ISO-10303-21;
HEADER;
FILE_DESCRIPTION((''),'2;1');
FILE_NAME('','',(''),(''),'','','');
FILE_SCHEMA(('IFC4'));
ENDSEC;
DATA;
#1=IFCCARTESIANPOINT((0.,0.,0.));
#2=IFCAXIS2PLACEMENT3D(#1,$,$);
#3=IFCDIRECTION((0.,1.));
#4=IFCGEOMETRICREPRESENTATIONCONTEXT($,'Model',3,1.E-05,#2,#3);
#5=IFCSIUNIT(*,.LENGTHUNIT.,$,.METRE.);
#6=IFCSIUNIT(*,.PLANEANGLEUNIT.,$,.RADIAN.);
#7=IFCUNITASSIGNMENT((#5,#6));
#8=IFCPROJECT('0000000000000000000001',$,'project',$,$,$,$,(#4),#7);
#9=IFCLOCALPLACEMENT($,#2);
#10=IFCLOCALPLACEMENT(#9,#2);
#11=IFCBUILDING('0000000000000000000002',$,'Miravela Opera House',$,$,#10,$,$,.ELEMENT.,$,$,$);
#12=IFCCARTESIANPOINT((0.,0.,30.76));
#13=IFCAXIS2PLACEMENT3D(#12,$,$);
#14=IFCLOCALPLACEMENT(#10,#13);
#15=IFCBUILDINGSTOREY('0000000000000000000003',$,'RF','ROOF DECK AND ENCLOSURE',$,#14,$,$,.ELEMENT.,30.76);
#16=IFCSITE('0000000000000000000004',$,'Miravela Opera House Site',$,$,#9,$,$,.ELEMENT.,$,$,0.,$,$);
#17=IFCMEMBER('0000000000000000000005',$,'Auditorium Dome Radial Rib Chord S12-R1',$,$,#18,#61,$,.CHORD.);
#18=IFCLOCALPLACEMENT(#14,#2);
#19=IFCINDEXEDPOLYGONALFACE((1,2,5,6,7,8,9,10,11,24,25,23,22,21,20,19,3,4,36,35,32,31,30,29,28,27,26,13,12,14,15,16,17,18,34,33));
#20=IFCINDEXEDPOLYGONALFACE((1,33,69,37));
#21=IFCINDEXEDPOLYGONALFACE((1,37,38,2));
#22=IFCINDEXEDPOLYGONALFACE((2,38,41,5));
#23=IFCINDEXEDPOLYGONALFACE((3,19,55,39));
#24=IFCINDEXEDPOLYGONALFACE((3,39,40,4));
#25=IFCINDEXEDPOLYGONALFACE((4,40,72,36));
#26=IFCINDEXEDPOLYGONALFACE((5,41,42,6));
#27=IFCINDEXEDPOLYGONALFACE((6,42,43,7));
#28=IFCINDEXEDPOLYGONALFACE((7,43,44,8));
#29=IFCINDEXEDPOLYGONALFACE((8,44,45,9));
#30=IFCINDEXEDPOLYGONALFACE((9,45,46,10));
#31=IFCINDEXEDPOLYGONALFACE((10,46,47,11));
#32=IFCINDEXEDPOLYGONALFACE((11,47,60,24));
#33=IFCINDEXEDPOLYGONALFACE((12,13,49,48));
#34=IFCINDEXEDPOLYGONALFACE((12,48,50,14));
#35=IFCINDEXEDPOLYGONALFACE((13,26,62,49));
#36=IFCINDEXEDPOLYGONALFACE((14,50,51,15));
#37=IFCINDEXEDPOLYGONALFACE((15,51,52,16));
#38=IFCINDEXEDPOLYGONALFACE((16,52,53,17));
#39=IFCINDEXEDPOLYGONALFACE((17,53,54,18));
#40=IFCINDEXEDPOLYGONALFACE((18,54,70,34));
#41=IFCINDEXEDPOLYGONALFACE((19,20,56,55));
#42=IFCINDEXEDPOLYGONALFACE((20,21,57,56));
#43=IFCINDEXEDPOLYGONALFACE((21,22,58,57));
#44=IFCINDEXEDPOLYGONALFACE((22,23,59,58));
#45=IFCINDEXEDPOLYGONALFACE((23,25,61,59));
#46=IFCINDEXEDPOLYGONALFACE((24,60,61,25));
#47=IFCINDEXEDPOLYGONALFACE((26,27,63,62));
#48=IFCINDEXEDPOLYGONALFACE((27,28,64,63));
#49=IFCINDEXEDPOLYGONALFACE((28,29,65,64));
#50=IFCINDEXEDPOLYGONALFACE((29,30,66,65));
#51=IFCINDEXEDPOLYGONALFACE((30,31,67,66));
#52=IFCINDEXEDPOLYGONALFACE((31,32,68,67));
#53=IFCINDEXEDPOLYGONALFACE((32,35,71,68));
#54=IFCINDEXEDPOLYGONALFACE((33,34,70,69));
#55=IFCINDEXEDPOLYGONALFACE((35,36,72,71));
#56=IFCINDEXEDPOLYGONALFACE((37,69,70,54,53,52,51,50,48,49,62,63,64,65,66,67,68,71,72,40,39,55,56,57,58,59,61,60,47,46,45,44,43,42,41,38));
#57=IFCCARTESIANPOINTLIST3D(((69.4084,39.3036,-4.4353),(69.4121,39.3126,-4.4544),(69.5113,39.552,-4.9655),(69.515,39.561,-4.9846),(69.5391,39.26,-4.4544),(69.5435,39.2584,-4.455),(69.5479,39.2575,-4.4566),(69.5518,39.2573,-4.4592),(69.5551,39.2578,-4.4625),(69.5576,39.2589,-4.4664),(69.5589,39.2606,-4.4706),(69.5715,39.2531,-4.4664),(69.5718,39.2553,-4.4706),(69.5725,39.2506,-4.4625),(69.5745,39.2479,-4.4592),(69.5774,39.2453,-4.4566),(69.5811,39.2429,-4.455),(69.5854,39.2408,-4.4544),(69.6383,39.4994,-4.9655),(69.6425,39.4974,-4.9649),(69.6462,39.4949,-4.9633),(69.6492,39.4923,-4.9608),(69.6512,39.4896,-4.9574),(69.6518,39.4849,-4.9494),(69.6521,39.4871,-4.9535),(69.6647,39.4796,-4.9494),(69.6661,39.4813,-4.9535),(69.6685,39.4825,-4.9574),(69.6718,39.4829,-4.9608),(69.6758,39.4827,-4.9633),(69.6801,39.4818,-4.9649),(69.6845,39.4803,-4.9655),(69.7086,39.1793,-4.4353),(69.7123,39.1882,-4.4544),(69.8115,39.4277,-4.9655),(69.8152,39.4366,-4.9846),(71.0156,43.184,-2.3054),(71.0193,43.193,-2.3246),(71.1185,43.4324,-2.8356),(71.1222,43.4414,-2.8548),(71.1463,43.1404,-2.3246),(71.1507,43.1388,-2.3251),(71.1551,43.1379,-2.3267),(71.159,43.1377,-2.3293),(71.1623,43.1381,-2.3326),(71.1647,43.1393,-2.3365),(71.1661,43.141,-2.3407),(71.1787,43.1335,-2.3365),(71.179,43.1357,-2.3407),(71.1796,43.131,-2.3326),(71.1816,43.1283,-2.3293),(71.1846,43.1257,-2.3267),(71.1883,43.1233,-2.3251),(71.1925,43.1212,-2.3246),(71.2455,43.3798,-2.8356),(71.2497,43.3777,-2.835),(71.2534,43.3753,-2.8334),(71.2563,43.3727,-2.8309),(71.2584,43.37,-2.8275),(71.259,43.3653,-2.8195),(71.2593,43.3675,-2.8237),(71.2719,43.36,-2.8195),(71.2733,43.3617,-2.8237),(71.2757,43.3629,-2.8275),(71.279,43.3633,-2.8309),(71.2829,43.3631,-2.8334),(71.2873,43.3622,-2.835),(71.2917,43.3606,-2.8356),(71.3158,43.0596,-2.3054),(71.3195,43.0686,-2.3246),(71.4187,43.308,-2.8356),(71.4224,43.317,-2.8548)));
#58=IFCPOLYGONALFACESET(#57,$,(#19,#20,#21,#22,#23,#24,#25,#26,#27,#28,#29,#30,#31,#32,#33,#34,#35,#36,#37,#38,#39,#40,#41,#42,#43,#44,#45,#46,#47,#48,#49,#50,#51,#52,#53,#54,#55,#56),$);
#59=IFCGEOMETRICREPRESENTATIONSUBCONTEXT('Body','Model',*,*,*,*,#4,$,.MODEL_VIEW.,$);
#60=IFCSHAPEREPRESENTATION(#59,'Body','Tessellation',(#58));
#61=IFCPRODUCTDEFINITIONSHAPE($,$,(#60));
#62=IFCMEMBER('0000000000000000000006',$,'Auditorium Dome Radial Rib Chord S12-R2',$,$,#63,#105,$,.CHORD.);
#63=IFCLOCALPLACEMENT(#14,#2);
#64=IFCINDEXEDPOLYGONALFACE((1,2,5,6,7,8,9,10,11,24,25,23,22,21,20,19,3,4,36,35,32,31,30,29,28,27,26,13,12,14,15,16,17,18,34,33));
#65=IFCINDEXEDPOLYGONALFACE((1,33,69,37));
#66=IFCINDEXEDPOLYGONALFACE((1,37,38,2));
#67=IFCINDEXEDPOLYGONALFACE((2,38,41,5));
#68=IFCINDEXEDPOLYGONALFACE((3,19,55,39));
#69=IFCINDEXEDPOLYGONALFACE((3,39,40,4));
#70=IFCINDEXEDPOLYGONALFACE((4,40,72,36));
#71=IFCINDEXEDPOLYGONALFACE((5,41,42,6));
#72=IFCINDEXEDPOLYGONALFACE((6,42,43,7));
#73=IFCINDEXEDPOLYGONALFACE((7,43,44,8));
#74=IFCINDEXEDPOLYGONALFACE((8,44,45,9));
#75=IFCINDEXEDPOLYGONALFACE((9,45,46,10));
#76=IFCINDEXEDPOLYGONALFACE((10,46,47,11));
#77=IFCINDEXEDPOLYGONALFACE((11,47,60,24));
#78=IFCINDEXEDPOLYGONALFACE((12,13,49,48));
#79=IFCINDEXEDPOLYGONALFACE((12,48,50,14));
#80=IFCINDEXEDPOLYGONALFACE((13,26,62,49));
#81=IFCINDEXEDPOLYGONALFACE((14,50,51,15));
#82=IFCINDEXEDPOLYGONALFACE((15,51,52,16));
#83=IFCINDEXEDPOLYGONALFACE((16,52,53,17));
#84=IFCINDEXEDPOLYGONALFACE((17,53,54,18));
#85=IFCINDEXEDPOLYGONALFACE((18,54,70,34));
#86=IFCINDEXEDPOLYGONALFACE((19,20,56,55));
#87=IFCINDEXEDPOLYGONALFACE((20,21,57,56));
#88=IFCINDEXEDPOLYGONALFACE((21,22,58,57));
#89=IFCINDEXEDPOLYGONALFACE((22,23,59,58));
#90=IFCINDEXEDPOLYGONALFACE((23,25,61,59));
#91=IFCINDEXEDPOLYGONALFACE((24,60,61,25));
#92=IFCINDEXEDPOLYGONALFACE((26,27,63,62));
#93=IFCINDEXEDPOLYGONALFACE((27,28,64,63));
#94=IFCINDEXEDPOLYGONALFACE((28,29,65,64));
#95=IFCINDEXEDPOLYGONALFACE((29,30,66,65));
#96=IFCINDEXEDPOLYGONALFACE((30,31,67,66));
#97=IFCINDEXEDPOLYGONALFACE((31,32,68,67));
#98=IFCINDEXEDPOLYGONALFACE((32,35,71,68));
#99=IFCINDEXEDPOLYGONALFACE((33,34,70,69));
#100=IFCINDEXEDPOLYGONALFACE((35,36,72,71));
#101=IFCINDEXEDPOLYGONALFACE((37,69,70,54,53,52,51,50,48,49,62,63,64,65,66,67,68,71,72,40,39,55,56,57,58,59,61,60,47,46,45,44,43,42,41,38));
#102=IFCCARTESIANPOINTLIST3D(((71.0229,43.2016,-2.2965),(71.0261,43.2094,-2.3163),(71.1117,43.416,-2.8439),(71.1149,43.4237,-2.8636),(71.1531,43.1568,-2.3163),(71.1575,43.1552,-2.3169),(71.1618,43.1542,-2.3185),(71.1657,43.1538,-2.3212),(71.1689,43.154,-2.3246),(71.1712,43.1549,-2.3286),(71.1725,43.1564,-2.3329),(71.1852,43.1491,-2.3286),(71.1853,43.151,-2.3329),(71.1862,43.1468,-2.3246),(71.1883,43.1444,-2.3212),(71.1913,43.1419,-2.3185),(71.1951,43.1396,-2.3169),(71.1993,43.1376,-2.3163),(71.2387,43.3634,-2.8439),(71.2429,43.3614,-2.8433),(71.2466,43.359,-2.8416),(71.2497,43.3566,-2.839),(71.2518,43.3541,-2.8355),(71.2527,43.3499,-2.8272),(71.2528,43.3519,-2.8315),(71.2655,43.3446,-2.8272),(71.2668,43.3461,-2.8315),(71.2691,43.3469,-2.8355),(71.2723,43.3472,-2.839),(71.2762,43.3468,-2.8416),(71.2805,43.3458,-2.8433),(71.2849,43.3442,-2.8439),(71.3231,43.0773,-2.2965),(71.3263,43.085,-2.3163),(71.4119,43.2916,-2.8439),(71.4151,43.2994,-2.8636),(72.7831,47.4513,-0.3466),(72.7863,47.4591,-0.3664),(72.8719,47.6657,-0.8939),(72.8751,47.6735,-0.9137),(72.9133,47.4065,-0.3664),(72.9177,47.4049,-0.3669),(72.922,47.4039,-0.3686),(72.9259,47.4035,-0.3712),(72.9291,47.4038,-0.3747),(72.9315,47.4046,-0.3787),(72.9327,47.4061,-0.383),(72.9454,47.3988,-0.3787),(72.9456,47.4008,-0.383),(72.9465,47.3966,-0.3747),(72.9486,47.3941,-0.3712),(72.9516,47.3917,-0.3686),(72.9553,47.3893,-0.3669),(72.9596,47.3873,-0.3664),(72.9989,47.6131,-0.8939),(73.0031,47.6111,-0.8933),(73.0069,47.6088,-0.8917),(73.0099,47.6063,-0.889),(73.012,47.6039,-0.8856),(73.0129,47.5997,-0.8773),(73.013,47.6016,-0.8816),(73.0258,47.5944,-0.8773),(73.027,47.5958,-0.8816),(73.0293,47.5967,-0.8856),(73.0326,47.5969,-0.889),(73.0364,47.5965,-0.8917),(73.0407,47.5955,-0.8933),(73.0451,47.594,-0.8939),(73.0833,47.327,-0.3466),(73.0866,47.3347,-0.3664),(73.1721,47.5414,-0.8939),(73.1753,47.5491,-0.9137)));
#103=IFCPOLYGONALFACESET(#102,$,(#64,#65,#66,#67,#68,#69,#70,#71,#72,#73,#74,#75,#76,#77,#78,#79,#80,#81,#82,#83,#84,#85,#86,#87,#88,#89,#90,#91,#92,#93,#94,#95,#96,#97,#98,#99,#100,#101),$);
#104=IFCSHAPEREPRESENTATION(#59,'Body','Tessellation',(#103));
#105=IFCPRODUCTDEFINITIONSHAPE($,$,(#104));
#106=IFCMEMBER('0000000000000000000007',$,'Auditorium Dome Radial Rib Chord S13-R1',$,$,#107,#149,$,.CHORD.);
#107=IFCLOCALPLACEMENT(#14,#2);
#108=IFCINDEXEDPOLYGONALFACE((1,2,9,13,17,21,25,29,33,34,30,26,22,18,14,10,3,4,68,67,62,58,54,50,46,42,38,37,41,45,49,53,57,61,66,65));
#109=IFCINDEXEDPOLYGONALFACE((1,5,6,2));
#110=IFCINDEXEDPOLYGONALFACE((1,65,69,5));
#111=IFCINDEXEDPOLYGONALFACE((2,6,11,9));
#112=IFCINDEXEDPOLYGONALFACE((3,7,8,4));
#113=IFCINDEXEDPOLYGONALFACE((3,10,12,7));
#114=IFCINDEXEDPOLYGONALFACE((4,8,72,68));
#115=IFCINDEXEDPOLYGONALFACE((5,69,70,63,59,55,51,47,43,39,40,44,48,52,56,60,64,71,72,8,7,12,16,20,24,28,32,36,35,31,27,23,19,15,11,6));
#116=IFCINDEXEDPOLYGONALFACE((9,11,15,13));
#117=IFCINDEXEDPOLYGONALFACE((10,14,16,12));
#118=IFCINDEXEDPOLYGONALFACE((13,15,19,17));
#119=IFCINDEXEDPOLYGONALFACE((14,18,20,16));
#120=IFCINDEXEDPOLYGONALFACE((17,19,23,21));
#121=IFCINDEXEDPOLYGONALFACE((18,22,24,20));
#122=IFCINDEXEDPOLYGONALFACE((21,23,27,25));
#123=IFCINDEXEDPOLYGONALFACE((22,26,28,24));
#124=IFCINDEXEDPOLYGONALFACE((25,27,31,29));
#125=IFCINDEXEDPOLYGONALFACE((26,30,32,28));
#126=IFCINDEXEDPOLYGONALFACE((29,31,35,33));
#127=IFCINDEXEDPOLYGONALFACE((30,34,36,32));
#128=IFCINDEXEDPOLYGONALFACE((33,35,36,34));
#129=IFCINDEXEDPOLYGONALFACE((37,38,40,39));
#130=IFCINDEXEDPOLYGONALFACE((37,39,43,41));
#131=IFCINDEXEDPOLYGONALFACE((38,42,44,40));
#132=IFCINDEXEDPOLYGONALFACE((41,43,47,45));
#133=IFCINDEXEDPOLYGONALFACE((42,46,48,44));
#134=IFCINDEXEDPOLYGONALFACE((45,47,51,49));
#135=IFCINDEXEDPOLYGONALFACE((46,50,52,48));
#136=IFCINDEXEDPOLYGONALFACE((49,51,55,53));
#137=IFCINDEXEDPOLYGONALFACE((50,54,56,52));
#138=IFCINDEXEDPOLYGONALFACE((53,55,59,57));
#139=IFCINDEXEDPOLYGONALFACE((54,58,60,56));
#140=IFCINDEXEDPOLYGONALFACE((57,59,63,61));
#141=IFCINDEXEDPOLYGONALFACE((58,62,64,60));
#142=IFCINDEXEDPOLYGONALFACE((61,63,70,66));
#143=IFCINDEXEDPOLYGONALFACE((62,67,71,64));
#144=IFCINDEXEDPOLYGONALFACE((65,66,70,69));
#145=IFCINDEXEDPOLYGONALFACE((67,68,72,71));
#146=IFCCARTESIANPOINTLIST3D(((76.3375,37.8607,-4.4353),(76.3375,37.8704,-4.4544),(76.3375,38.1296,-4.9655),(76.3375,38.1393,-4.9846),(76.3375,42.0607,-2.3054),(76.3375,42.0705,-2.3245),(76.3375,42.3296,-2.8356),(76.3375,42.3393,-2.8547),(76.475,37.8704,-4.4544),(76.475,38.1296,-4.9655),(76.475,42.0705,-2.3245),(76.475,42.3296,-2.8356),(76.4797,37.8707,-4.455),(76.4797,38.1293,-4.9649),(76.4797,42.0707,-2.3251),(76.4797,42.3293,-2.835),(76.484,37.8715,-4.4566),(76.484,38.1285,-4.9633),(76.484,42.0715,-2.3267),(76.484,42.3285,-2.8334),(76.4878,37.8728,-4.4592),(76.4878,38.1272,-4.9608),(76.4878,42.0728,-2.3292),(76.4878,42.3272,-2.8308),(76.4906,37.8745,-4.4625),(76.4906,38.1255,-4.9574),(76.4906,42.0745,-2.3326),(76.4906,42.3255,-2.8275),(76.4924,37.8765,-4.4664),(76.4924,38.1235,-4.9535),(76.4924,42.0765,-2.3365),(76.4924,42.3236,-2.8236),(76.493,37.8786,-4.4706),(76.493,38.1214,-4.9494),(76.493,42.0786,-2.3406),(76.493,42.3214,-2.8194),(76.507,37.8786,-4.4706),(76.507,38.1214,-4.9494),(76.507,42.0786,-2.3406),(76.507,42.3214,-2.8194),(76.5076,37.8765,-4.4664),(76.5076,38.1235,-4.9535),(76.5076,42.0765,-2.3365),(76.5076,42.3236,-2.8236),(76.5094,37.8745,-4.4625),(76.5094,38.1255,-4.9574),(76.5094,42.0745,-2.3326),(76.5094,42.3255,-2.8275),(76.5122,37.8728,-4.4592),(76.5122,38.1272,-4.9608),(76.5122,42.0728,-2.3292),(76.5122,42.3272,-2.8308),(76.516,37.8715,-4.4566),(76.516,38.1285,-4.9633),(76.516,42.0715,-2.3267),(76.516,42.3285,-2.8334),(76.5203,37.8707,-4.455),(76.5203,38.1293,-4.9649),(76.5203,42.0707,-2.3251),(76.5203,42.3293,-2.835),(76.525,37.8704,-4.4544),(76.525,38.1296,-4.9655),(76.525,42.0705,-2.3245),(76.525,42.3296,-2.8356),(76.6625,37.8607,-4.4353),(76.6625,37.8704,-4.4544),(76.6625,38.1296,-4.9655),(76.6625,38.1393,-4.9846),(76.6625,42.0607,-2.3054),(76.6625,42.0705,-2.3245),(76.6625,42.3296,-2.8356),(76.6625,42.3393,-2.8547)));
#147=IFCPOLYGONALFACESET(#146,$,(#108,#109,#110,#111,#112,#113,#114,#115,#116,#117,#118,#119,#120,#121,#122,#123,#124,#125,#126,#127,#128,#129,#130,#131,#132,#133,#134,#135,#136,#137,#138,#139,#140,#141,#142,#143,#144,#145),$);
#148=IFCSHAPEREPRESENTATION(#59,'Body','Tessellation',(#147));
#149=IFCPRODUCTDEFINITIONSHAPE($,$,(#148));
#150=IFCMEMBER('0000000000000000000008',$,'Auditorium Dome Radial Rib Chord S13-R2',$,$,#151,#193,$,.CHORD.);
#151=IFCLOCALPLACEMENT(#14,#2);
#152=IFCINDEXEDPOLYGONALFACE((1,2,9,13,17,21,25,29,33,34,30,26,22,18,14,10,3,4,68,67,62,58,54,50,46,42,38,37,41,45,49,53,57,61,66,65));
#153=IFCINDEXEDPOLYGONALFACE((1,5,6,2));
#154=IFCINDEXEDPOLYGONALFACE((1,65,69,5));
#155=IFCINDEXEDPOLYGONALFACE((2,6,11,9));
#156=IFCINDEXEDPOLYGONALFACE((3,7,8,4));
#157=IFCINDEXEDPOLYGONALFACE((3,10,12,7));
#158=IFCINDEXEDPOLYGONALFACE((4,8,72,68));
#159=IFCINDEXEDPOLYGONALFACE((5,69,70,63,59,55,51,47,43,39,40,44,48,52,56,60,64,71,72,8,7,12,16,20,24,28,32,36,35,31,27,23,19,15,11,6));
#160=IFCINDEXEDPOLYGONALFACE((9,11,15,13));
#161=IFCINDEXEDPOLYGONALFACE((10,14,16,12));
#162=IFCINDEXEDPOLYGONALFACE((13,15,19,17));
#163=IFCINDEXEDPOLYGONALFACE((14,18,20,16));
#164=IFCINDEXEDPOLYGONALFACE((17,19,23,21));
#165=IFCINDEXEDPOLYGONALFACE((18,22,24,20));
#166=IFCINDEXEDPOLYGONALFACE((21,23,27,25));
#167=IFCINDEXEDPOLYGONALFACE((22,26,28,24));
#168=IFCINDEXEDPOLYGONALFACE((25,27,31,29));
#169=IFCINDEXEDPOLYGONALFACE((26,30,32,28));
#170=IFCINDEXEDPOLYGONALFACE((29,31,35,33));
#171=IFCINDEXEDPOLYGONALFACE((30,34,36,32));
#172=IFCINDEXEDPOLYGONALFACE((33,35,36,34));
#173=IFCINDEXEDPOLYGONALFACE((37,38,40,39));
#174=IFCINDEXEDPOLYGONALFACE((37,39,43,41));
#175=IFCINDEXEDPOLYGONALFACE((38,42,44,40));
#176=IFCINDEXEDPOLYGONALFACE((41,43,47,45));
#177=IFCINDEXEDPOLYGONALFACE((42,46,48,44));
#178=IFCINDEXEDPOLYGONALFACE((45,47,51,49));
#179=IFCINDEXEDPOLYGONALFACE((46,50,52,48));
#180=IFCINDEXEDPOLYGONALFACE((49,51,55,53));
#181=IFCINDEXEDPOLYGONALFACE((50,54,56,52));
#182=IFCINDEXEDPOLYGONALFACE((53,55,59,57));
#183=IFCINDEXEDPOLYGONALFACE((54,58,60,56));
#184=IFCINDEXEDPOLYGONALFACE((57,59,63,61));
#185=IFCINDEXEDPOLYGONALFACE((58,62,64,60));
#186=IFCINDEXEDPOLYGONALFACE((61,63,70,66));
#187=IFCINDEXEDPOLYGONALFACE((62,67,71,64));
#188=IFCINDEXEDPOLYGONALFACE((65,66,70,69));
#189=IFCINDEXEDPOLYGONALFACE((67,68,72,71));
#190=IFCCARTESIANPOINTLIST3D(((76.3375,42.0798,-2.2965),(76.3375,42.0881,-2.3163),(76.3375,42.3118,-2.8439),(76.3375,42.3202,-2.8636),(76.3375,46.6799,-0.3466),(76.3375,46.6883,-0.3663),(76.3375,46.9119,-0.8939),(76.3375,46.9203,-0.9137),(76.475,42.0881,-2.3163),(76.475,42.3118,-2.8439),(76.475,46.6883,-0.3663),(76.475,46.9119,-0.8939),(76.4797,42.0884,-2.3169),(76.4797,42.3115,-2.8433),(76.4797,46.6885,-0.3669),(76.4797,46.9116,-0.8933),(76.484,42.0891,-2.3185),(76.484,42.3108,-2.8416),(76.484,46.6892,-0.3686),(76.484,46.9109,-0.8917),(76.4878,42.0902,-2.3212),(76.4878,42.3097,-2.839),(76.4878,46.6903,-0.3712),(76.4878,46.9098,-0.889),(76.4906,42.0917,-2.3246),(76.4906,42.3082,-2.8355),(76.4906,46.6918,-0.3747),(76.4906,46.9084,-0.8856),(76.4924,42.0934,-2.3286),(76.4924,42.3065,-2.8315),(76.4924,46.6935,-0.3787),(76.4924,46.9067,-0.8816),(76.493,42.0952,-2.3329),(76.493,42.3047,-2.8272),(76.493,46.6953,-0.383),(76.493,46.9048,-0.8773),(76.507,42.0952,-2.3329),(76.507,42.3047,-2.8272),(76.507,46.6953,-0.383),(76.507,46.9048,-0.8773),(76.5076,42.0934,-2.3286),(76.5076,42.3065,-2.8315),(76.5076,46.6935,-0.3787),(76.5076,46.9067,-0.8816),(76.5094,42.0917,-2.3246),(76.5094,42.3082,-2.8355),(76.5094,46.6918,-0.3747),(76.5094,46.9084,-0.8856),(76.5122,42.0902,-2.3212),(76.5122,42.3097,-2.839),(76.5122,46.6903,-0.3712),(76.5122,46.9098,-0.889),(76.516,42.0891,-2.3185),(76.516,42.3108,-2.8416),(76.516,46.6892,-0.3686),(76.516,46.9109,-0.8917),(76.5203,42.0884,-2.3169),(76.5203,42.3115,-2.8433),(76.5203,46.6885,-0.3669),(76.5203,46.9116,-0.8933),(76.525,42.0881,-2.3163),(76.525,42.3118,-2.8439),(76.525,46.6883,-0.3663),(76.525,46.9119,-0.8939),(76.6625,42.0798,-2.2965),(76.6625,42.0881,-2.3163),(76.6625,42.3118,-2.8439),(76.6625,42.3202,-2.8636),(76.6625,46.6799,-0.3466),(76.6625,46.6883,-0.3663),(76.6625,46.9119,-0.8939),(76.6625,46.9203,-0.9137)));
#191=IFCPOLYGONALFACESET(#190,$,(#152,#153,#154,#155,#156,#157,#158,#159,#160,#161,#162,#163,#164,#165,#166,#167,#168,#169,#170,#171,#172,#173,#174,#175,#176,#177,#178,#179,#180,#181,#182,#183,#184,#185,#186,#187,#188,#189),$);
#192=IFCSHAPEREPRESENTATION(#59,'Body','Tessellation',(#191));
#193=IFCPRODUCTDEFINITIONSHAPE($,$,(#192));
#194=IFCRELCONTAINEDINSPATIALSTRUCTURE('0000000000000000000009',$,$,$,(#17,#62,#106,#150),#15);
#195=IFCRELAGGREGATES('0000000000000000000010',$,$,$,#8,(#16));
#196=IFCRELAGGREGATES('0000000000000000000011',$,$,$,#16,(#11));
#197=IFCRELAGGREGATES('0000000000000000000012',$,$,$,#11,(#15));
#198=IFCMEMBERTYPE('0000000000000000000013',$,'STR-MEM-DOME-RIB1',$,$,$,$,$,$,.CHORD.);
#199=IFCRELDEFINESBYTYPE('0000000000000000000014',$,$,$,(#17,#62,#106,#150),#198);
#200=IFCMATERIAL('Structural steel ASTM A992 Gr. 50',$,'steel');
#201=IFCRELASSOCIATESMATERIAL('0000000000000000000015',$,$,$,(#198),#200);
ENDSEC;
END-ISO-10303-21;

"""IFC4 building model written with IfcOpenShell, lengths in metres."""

from ifc_helpers import new_model, si_unit, direction, frame, origin, origin_2d, place, context, subcontext, project, spatial, i_section, extrude, material, material_profile, profile_set, type_object, element, save


model = new_model("IFC4")

# Units and contexts
model_context = context("Model", 3, precision=1e-05, world=origin(), true_north=direction((0.0, 1.0)))
body_context = subcontext(model_context, "Body", "Model", "MODEL_VIEW")
ifc_project = project(units=[si_unit("LENGTHUNIT", "METRE"), si_unit("PLANEANGLEUNIT", "RADIAN")], contexts=[model_context])

# Site, building, storey
site_placement = place(None, origin())
site = spatial("IfcSite", under=ifc_project, at=site_placement, Name="Miravela Opera House Site", CompositionType="ELEMENT", RefElevation=0.0)
building_placement = place(site_placement, origin())
building = spatial("IfcBuilding", under=site, at=building_placement, Name="Miravela Opera House", CompositionType="ELEMENT")
storey_placement = place(building_placement, frame((0.0, 0.0, 30.76)))
storey = spatial("IfcBuildingStorey", under=building, at=storey_placement, Name="RF", Description="ROOF DECK AND ENCLOSURE", CompositionType="ELEMENT", Elevation=30.76)

# Shared definitions
ifc_material_1 = material(Name="Structural steel ASTM A992 Gr. 50", Category="steel")

# Members
ifc_material_profile_1 = material_profile(ifc_material_1, i_section(OverallWidth=0.325, OverallDepth=0.616, WebThickness=0.0139, FlangeThickness=0.0215, FilletRadius=0.0181, at=origin_2d()), Name="W610X174")
ifc_profile_set_1 = profile_set([ifc_material_profile_1])
member_type_1 = type_object("IfcMemberType", Name="STR-MEM-DOME-RIB1", PredefinedType="CHORD", material=ifc_profile_set_1)
member_1_placement = place(storey_placement, frame((69.6118, 39.3701, -4.71), z_axis=(0.341284, 0.823995, 0.45228), x_axis=(-0.92389, 0.382658, 0.0)))
element("IfcMember", 1, at=member_1_placement, inside=storey, type_object=member_type_1, Name="Auditorium Dome Radial Rib Chord S12-R1", PredefinedType="CHORD", context=body_context, shape_type="SweptSolid", body=[
    extrude(i_section(OverallWidth=0.325, OverallDepth=0.616, WebThickness=0.0139, FlangeThickness=0.0215, FilletRadius=0.0181, at=origin_2d()), origin(), (0.0, 0.0, 1.0), 4.7092),
])
member_2_placement = place(storey_placement, frame((71.219, 43.2505, -2.5801), z_axis=(0.352324, 0.850611, 0.390293), x_axis=(-0.923884, 0.382674, 0.0)))
element("IfcMember", 2, at=member_2_placement, inside=storey, type_object=member_type_1, Name="Auditorium Dome Radial Rib Chord S12-R2", PredefinedType="CHORD", context=body_context, shape_type="SweptSolid", body=[
    extrude(i_section(OverallWidth=0.325, OverallDepth=0.616, WebThickness=0.0139, FlangeThickness=0.0215, FilletRadius=0.0181, at=origin_2d()), origin(), (0.0, 0.0, 1.0), 4.9961),
])
member_3_placement = place(storey_placement, frame((76.5, 38.0, -4.71), z_axis=(0.0, 0.891872, 0.452287), x_axis=(-1.0, 0.0, 0.0)))
element("IfcMember", 3, at=member_3_placement, inside=storey, type_object=member_type_1, Name="Auditorium Dome Radial Rib Chord S13-R1", PredefinedType="CHORD", context=body_context, shape_type="SweptSolid", body=[
    extrude(i_section(OverallWidth=0.325, OverallDepth=0.616, WebThickness=0.0139, FlangeThickness=0.0215, FilletRadius=0.0181, at=origin_2d()), origin(), (0.0, 0.0, 1.0), 4.7092),
])
member_4_placement = place(storey_placement, frame((76.5, 42.2, -2.5801), z_axis=(0.0, 0.920697, 0.390278), x_axis=(-1.0, 0.0, 0.0)))
element("IfcMember", 4, at=member_4_placement, inside=storey, type_object=member_type_1, Name="Auditorium Dome Radial Rib Chord S13-R2", PredefinedType="CHORD", context=body_context, shape_type="SweptSolid", body=[
    extrude(i_section(OverallWidth=0.325, OverallDepth=0.616, WebThickness=0.0139, FlangeThickness=0.0215, FilletRadius=0.0181, at=origin_2d()), origin(), (0.0, 0.0, 1.0), 4.9963),
])

save(model, "model.ifc")
